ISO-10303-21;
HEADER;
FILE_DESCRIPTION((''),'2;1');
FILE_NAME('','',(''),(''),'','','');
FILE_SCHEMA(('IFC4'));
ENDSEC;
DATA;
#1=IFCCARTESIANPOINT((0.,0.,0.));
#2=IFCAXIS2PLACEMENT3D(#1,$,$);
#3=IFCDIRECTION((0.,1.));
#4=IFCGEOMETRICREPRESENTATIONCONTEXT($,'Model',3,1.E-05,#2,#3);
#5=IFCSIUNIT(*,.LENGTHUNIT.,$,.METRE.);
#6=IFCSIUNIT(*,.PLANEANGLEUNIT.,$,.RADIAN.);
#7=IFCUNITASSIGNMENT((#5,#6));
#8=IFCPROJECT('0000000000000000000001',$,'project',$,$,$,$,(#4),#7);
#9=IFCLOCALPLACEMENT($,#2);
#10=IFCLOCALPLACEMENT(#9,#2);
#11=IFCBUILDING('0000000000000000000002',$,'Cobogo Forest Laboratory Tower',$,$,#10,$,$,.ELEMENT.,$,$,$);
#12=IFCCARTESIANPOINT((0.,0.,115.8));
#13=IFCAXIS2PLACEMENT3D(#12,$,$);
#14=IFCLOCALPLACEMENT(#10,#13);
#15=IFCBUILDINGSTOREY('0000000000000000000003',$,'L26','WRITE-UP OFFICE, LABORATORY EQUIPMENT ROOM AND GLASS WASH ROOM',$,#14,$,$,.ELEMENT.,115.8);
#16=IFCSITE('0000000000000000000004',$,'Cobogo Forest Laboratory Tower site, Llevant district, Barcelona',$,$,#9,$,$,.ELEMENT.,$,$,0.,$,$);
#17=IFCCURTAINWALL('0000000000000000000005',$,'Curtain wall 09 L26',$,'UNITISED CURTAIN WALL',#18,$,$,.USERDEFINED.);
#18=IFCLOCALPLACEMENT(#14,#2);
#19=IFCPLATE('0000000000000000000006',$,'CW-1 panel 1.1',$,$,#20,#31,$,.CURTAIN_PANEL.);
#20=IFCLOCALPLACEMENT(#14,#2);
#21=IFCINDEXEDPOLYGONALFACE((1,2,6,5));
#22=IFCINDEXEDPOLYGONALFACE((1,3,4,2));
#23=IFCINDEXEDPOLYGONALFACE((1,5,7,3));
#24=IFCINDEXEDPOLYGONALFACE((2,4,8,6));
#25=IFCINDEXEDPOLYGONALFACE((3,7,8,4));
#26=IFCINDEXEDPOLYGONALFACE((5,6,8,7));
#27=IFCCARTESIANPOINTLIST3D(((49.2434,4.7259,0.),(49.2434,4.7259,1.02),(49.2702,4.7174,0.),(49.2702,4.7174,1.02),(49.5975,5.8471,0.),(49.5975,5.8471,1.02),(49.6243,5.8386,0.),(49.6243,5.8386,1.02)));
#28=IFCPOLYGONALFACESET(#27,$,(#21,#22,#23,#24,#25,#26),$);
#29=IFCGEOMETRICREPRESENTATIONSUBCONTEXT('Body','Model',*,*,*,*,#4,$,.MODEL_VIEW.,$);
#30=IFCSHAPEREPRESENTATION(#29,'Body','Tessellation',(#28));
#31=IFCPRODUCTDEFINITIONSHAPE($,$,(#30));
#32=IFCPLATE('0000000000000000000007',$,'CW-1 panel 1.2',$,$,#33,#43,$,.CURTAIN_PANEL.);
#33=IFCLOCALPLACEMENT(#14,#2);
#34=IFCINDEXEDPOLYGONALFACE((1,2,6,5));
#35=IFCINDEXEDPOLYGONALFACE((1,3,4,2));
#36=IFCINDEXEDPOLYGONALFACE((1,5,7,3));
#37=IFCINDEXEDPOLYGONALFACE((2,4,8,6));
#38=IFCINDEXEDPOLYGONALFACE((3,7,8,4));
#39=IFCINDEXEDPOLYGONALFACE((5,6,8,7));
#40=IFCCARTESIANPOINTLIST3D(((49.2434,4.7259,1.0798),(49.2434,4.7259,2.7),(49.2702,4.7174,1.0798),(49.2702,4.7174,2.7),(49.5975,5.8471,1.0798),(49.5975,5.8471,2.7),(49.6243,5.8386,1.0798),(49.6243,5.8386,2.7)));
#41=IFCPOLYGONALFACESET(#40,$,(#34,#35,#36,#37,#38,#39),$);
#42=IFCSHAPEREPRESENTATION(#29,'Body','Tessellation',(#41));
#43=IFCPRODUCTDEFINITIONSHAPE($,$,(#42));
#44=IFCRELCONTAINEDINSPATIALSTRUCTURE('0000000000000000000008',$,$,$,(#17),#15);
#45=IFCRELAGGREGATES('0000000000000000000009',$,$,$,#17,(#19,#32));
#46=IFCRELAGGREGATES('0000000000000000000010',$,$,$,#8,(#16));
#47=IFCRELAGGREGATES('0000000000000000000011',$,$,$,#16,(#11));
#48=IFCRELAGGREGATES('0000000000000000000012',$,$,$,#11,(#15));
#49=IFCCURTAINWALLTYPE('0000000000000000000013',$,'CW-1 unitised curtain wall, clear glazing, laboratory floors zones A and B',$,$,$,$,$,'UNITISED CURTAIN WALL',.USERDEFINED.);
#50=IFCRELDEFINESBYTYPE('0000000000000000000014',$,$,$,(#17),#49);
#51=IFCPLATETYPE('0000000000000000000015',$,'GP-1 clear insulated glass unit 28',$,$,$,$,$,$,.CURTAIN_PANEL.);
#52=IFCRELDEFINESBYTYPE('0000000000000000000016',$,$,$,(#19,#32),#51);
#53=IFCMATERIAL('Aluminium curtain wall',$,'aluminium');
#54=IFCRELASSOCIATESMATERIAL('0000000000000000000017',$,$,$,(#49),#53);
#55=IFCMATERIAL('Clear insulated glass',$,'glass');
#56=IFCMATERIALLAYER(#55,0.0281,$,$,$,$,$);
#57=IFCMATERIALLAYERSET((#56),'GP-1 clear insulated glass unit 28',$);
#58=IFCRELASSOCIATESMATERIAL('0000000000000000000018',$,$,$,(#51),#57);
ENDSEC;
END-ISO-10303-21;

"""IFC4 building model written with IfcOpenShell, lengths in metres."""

from ifc_helpers import new_model, si_unit, direction, frame, origin, origin_2d, place, context, subcontext, project, spatial, rectangle, extrude, material, layer, layer_set, type_object, element, aggregate, save


model = new_model("IFC4")

# Units and contexts
model_context = context("Model", 3, precision=1e-05, world=origin(), true_north=direction((0.0, 1.0)))
body_context = subcontext(model_context, "Body", "Model", "MODEL_VIEW")
ifc_project = project(units=[si_unit("LENGTHUNIT", "METRE"), si_unit("PLANEANGLEUNIT", "RADIAN")], contexts=[model_context])

# Site, building, storey
site_placement = place(None, origin())
site = spatial("IfcSite", under=ifc_project, at=site_placement, Name="Cobogo Forest Laboratory Tower site, Llevant district, Barcelona", CompositionType="ELEMENT", RefElevation=0.0)
building_placement = place(site_placement, origin())
building = spatial("IfcBuilding", under=site, at=building_placement, Name="Cobogo Forest Laboratory Tower", CompositionType="ELEMENT")
storey_placement = place(building_placement, frame((0.0, 0.0, 115.8)))
storey = spatial("IfcBuildingStorey", under=building, at=storey_placement, Name="L26", Description="WRITE-UP OFFICE, LABORATORY EQUIPMENT ROOM AND GLASS WASH ROOM", CompositionType="ELEMENT", Elevation=115.8)

# Curtain wall
ifc_material_1 = material(Name="Aluminium curtain wall", Category="aluminium")
curtain_wall_type = type_object("IfcCurtainWallType", Name="CW-1 unitised curtain wall, clear glazing, laboratory floors zones A and B", ElementType="UNITISED CURTAIN WALL", PredefinedType="USERDEFINED", material=ifc_material_1)
curtain_wall_1_placement = place(storey_placement, origin())
curtain_wall_1 = element("IfcCurtainWall", 1, at=curtain_wall_1_placement, inside=storey, type_object=curtain_wall_type, Name="Curtain wall 09 L26", ObjectType="UNITISED CURTAIN WALL", PredefinedType="USERDEFINED")

# Plates
ifc_material_2 = material(Name="Clear insulated glass", Category="glass")
ifc_layer = layer(ifc_material_2, 0.0281)
ifc_layer_set = layer_set([ifc_layer], Name="GP-1 clear insulated glass unit 28")
plate_type = type_object("IfcPlateType", Name="GP-1 clear insulated glass unit 28", PredefinedType="CURTAIN_PANEL", material=ifc_layer_set)
plate_1_placement = place(storey_placement, frame((49.4338, 5.2822, 0.0), z_axis=(0.0, 0.0, 1.0), x_axis=(0.301135, 0.953581, 0.0)))
plate_1 = element("IfcPlate", 2, at=plate_1_placement, type_object=plate_type, Name="CW-1 panel 1.1", PredefinedType="CURTAIN_PANEL", context=body_context, shape_type="SweptSolid", body=[
    extrude(rectangle(XDim=1.1758, YDim=0.0281, at=origin_2d()), origin(), (0.0, 0.0, 1.0), 1.02),
])
plate_2_placement = place(storey_placement, frame((49.4338, 5.2822, 1.0798), z_axis=(0.0, 0.0, 1.0), x_axis=(0.301135, 0.953581, 0.0)))
plate_2 = element("IfcPlate", 3, at=plate_2_placement, type_object=plate_type, Name="CW-1 panel 1.2", PredefinedType="CURTAIN_PANEL", context=body_context, shape_type="SweptSolid", body=[
    extrude(rectangle(XDim=1.1758, YDim=0.0281, at=origin_2d()), origin(), (0.0, 0.0, 1.0), 1.6201),
])
aggregate(curtain_wall_1, [plate_1, plate_2])

save(model, "model.ifc")
